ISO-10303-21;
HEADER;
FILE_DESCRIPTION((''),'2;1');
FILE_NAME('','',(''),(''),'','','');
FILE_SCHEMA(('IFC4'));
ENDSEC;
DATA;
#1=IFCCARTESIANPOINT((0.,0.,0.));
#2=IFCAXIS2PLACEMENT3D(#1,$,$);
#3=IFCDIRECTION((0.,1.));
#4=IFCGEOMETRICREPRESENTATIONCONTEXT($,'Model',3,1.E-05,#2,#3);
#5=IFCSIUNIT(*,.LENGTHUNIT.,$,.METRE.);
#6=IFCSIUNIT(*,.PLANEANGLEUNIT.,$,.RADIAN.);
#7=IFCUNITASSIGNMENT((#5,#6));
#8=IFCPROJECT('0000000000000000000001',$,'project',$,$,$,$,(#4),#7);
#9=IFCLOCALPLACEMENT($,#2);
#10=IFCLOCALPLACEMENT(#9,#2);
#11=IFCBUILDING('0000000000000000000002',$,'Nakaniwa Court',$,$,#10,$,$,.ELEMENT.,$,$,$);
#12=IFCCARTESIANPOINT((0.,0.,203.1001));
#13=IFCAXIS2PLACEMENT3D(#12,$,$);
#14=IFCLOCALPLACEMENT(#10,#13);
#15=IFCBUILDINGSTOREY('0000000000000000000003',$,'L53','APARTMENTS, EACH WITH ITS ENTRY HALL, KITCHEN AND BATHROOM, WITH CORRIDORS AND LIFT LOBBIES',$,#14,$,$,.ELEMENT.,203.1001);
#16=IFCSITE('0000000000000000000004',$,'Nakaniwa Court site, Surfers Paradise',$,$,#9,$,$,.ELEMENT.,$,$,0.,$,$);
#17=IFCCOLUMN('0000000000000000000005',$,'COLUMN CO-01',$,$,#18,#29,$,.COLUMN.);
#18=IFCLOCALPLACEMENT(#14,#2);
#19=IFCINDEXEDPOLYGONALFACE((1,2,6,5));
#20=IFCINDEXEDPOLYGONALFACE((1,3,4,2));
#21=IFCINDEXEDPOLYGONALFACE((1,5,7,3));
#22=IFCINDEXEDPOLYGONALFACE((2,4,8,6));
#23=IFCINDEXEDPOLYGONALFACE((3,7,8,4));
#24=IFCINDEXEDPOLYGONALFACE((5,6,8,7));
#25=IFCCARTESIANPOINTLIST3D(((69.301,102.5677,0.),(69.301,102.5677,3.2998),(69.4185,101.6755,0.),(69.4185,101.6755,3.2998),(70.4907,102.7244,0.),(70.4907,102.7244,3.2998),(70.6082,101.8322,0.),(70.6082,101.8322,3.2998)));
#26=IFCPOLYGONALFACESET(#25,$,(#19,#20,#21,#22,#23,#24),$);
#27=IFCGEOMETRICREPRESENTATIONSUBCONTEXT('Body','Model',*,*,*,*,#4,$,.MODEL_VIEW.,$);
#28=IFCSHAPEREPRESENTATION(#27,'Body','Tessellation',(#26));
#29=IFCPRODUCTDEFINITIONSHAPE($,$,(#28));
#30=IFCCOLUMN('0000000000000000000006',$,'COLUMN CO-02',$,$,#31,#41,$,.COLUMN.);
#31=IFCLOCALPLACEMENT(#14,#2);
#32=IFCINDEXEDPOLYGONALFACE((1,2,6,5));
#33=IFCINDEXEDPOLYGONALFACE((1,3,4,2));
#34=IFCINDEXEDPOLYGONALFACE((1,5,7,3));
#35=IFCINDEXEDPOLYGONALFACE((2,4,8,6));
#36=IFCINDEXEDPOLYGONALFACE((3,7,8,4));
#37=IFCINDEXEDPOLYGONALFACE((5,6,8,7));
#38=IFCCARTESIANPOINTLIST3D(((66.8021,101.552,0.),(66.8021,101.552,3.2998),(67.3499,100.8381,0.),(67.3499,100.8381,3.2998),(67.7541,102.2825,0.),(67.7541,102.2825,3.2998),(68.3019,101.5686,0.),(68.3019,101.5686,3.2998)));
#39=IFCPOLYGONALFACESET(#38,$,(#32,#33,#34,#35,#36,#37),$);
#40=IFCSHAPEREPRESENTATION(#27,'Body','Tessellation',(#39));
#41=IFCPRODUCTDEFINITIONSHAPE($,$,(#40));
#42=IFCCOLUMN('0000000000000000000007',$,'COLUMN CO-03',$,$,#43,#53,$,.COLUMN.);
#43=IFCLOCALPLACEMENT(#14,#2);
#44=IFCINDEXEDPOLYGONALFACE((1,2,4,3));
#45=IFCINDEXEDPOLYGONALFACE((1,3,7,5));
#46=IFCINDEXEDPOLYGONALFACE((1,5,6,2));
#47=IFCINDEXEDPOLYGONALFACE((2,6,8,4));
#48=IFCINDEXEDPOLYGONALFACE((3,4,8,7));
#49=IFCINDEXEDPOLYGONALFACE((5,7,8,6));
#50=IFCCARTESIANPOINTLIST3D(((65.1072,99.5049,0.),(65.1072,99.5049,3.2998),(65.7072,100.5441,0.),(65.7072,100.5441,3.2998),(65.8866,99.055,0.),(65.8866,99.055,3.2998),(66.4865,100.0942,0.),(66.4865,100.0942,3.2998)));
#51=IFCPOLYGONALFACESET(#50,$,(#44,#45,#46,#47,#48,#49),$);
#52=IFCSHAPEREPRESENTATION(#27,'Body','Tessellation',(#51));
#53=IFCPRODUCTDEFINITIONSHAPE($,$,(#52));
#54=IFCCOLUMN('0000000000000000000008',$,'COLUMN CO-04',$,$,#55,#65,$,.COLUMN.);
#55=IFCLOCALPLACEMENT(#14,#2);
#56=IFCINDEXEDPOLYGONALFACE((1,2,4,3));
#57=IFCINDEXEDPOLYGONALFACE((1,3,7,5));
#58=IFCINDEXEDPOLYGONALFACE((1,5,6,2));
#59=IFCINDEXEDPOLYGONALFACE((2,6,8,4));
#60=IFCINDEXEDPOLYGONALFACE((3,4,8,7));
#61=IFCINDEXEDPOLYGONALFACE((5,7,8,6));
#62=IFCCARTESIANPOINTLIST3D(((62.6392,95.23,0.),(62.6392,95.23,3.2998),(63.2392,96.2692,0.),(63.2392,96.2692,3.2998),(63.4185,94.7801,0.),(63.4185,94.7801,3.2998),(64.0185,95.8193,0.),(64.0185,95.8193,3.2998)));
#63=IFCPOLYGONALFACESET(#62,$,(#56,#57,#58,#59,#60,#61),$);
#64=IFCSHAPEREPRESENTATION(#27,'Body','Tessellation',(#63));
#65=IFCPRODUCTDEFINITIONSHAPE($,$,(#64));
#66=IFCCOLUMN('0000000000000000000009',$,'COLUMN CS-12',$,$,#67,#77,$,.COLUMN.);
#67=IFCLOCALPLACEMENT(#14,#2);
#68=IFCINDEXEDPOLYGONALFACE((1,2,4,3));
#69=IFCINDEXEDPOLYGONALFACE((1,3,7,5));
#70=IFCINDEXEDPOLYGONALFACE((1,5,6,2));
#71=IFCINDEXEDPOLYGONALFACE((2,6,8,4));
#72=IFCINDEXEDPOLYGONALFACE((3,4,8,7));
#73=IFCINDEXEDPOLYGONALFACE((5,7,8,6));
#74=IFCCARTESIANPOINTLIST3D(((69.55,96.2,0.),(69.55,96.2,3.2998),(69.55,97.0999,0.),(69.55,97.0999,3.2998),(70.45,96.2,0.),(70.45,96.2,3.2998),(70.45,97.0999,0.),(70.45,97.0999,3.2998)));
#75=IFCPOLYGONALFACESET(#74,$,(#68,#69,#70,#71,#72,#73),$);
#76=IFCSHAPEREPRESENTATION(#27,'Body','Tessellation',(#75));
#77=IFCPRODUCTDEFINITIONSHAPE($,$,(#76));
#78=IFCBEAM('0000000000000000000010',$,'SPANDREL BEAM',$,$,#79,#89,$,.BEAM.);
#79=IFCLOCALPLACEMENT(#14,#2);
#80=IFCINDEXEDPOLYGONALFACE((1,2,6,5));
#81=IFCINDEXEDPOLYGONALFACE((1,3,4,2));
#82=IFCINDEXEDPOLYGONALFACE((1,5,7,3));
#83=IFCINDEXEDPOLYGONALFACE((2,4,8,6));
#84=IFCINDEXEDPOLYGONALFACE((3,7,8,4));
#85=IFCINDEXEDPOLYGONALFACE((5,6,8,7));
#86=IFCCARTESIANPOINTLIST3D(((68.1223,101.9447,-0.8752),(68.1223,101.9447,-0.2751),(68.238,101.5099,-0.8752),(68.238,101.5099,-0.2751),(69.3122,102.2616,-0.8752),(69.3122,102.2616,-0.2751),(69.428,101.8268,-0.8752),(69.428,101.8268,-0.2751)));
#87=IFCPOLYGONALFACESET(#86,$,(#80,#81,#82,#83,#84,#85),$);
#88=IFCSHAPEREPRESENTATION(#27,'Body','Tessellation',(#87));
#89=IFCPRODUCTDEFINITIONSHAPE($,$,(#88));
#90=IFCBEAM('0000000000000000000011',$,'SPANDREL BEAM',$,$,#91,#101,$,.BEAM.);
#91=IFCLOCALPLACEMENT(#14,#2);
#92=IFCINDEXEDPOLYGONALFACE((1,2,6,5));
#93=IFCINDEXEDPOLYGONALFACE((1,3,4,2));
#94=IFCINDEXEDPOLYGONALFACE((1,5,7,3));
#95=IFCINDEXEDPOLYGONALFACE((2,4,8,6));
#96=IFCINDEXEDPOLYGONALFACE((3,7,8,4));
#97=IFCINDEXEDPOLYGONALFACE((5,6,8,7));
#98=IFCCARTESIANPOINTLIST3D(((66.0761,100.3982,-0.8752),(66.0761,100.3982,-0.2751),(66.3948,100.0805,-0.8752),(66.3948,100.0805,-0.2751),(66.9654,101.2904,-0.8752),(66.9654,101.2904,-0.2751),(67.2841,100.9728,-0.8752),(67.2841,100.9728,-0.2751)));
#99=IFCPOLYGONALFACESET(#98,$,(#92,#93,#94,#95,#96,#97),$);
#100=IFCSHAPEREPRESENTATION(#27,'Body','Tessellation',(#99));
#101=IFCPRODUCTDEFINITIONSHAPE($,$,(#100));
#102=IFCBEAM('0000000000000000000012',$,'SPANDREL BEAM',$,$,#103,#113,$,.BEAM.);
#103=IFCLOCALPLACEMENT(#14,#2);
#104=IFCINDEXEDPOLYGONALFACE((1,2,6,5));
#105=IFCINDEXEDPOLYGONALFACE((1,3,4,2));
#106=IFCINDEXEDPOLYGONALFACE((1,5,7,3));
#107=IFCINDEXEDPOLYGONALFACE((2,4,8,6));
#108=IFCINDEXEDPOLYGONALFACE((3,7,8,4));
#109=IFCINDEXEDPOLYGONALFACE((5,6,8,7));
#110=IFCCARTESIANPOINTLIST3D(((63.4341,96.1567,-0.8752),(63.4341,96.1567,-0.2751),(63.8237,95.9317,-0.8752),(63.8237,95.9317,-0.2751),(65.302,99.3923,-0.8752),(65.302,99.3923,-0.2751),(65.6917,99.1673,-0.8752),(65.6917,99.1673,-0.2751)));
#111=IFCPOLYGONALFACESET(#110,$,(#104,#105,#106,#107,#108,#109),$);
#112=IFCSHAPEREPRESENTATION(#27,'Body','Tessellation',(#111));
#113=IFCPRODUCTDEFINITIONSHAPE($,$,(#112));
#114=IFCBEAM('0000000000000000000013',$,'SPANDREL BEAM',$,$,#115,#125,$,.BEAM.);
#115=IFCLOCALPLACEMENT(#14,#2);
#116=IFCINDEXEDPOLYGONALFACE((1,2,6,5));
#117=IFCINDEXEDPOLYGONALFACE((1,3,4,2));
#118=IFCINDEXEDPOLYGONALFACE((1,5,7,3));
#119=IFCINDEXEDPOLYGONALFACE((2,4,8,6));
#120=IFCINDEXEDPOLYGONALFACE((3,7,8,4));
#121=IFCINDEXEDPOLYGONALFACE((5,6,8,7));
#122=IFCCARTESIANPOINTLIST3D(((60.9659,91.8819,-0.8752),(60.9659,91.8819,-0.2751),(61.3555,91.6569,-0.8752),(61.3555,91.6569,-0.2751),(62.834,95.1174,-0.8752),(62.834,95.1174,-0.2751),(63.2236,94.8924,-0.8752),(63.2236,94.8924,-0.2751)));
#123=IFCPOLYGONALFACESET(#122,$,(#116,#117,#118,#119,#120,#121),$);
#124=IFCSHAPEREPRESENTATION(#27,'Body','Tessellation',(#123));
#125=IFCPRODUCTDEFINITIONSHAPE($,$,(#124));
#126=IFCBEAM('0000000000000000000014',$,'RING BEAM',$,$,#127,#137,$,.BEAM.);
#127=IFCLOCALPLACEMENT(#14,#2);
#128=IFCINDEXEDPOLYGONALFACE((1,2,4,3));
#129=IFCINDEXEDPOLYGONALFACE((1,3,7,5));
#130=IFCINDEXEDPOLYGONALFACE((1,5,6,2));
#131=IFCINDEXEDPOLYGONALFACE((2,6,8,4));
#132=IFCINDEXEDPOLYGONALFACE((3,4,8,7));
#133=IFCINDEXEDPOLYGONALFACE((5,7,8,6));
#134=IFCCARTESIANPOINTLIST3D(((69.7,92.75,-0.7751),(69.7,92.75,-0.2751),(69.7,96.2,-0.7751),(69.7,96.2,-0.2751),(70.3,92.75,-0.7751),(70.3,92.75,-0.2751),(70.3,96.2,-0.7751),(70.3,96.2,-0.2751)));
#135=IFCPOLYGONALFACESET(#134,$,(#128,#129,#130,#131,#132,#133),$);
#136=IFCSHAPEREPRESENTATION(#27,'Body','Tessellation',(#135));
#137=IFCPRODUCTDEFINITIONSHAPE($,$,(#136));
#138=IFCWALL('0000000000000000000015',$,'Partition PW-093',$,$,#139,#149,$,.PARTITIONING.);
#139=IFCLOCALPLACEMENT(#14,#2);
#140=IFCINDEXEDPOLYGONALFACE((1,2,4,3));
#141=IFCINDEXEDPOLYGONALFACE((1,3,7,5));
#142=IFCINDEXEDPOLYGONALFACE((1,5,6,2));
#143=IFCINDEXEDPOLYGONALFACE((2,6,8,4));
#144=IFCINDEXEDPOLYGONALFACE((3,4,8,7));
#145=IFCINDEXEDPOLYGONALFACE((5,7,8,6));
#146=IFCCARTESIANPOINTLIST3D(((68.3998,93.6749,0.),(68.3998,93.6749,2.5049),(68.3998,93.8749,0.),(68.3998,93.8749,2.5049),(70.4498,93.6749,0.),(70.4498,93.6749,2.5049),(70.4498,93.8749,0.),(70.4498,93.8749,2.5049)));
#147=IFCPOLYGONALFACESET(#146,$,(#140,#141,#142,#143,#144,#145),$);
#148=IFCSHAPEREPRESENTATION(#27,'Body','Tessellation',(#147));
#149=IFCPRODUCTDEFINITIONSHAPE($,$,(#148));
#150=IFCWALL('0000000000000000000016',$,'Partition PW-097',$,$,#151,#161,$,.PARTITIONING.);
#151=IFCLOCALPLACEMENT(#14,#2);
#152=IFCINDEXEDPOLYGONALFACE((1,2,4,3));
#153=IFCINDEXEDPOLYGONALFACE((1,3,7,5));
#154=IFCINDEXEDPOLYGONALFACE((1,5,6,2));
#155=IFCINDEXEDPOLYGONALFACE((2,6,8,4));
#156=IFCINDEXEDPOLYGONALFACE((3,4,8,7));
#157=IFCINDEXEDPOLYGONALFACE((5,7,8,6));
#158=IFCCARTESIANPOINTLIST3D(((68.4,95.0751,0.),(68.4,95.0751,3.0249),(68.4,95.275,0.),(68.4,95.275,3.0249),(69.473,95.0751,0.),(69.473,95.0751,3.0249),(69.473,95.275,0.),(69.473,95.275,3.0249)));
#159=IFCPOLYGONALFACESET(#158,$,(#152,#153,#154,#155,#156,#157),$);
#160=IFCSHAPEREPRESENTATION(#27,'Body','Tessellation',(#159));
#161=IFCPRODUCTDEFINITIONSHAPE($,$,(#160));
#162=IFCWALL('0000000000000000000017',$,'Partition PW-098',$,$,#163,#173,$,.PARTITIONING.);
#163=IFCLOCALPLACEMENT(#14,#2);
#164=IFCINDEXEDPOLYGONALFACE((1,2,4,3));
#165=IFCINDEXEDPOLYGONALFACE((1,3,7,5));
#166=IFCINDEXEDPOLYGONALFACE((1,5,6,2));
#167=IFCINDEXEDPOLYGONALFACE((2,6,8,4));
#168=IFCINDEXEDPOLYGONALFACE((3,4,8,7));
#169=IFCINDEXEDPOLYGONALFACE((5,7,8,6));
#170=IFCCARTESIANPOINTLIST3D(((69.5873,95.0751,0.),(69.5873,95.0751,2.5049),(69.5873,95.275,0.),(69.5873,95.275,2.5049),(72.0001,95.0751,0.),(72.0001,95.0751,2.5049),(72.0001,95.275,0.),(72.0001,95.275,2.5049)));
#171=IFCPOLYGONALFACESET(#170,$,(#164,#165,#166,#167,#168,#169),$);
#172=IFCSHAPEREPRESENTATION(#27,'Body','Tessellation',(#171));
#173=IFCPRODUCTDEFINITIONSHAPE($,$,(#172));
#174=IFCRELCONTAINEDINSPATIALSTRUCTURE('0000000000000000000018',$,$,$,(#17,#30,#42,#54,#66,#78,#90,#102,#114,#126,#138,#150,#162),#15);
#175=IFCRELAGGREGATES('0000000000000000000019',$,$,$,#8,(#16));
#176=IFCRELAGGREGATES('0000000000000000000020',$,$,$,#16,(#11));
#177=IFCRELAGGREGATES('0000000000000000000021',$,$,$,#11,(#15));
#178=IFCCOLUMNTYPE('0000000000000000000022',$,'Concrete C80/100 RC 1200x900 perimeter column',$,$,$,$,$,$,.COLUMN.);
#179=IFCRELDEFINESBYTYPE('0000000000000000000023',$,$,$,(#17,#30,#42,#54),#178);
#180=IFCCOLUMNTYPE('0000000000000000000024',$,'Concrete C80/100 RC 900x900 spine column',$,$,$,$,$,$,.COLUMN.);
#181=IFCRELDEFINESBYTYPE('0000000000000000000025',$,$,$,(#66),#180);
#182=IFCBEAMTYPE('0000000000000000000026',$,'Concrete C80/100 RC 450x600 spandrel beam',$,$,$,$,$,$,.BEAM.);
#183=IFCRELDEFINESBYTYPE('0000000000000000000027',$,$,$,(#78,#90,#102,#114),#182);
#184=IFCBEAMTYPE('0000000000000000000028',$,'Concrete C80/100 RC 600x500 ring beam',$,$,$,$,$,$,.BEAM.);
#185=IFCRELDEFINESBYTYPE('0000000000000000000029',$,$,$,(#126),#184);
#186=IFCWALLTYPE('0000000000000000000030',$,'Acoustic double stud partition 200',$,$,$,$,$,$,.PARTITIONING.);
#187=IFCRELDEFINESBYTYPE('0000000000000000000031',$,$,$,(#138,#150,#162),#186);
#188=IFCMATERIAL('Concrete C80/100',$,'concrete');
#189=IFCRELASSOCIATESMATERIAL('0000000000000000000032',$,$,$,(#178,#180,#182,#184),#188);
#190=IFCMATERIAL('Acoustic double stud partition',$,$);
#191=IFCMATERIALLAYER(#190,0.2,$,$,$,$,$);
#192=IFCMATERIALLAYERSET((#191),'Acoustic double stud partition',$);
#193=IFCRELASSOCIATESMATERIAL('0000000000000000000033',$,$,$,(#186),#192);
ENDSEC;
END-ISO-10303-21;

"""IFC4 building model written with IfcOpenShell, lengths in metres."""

from ifc_helpers import new_model, si_unit, direction, frame, frame_2d, origin, origin_2d, place, context, subcontext, project, spatial, rectangle, extrude, material, layer, layer_set, material_profile, profile_set, type_object, element, save


model = new_model("IFC4")

# Units and contexts
model_context = context("Model", 3, precision=1e-05, world=origin(), true_north=direction((0.0, 1.0)))
body_context = subcontext(model_context, "Body", "Model", "MODEL_VIEW")
ifc_project = project(units=[si_unit("LENGTHUNIT", "METRE"), si_unit("PLANEANGLEUNIT", "RADIAN")], contexts=[model_context])

# Site, building, storey
site_placement = place(None, origin())
site = spatial("IfcSite", under=ifc_project, at=site_placement, Name="Nakaniwa Court site, Surfers Paradise", CompositionType="ELEMENT", RefElevation=0.0)
building_placement = place(site_placement, origin())
building = spatial("IfcBuilding", under=site, at=building_placement, Name="Nakaniwa Court", CompositionType="ELEMENT")
storey_placement = place(building_placement, frame((0.0, 0.0, 203.1001)))
storey = spatial("IfcBuildingStorey", under=building, at=storey_placement, Name="L53", Description="APARTMENTS, EACH WITH ITS ENTRY HALL, KITCHEN AND BATHROOM, WITH CORRIDORS AND LIFT LOBBIES", CompositionType="ELEMENT", Elevation=203.1001)

# Columns
ifc_material_1 = material(Name="Concrete C80/100", Category="concrete")
ifc_material_profile_1 = material_profile(ifc_material_1, rectangle(XDim=1.2, YDim=0.8999, at=origin_2d()), Name="Concrete C80/100 RC 1200x900 perimeter column")
ifc_profile_set_1 = profile_set([ifc_material_profile_1], Name="Concrete C80/100")
column_type_1 = type_object("IfcColumnType", Name="Concrete C80/100 RC 1200x900 perimeter column", PredefinedType="COLUMN", material=ifc_profile_set_1)
for number, where, z_axis, x_axis, name in (
    (1, (69.9546, 102.2, 0.0), (0.0, 0.0, 1.0), (-0.991443, -0.130543, 0.0), "COLUMN CO-01"),
    (2, (67.552, 101.5603, 0.0), (0.0, 0.0, 1.0), (-0.793364, -0.608748, 0.0), "COLUMN CO-02"),
    (3, (65.7969, 99.7996, 0.0), (0.0, 0.0, 1.0), (-0.5, -0.866025, 0.0), "COLUMN CO-03"),
    (4, (63.3289, 95.5247, 0.0), (0.0, 0.0, 1.0), (-0.5, -0.866025, 0.0), "COLUMN CO-04"),
):
    element("IfcColumn", number, at=place(storey_placement, frame(where, z_axis=z_axis, x_axis=x_axis)), inside=storey, type_object=column_type_1, Name=name, PredefinedType="COLUMN", context=body_context, shape_type="SweptSolid", body=[
        extrude(rectangle(XDim=1.2, YDim=0.8999, at=origin_2d()), origin(), (0.0, 0.0, 1.0), 3.2998),
    ])
ifc_material_profile_2 = material_profile(ifc_material_1, rectangle(XDim=0.8999, YDim=0.8999, at=origin_2d()), Name="Concrete C80/100 RC 900x900 spine column")
ifc_profile_set_2 = profile_set([ifc_material_profile_2], Name="Concrete C80/100")
column_type_2 = type_object("IfcColumnType", Name="Concrete C80/100 RC 900x900 spine column", PredefinedType="COLUMN", material=ifc_profile_set_2)
column_placement = place(storey_placement, frame((70.0, 96.6499, 0.0), z_axis=(0.0, 0.0, 1.0), x_axis=(0.0, -1.0, 0.0)))
element("IfcColumn", 5, at=column_placement, inside=storey, type_object=column_type_2, Name="COLUMN CS-12", PredefinedType="COLUMN", context=body_context, shape_type="SweptSolid", body=[
    extrude(rectangle(XDim=0.8999, YDim=0.8999, at=origin_2d()), origin(), (0.0, 0.0, 1.0), 3.2998),
])

# Beams
ifc_material_profile_3 = material_profile(ifc_material_1, rectangle(XDim=0.45, YDim=0.6001, at=origin_2d()), Name="Concrete C80/100 RC 450x600 spandrel beam")
ifc_profile_set_3 = profile_set([ifc_material_profile_3], Name="Concrete C80/100")
beam_type_1 = type_object("IfcBeamType", Name="Concrete C80/100 RC 450x600 spandrel beam", PredefinedType="BEAM", material=ifc_profile_set_3)
beam_1_placement = place(storey_placement, frame((69.3701, 102.0442, -0.5752), z_axis=(-0.96632, -0.257342, 0.0), x_axis=(0.257342, -0.96632, 0.0)))
element("IfcBeam", 6, at=beam_1_placement, inside=storey, type_object=beam_type_1, Name="SPANDREL BEAM", PredefinedType="BEAM", context=body_context, shape_type="SweptSolid", body=[
    extrude(rectangle(XDim=0.45, YDim=0.6001, at=origin_2d()), origin(), (0.0, 0.0, 1.0), 1.2314),
])
beam_2_placement = place(storey_placement, frame((67.1248, 101.1316, -0.5752), z_axis=(-0.705943, -0.708269, 0.0), x_axis=(0.708269, -0.705943, 0.0)))
element("IfcBeam", 7, at=beam_2_placement, inside=storey, type_object=beam_type_1, Name="SPANDREL BEAM", PredefinedType="BEAM", context=body_context, shape_type="SweptSolid", body=[
    extrude(rectangle(XDim=0.45, YDim=0.6001, at=origin_2d()), origin(), (0.0, 0.0, 1.0), 1.2598),
])
for number, where, z_axis, x_axis, name in (
    (8, (65.4968, 99.2798, -0.5752), (-0.499969, -0.866043, 0.0), (0.866043, -0.499969, 0.0), "SPANDREL BEAM"),
    (9, (63.0288, 95.0049, -0.5752), (-0.500018, -0.866015, 0.0), (0.866015, -0.500018, 0.0), "SPANDREL BEAM"),
):
    element("IfcBeam", number, at=place(storey_placement, frame(where, z_axis=z_axis, x_axis=x_axis)), inside=storey, type_object=beam_type_1, Name=name, PredefinedType="BEAM", context=body_context, shape_type="SweptSolid", body=[
        extrude(rectangle(XDim=0.45, YDim=0.6001, at=origin_2d()), origin(), (0.0, 0.0, 1.0), 3.7361),
    ])
ifc_material_profile_4 = material_profile(ifc_material_1, rectangle(XDim=0.6001, YDim=0.5, at=origin_2d()), Name="Concrete C80/100 RC 600x500 ring beam")
ifc_profile_set_4 = profile_set([ifc_material_profile_4], Name="Concrete C80/100")
beam_type_2 = type_object("IfcBeamType", Name="Concrete C80/100 RC 600x500 ring beam", PredefinedType="BEAM", material=ifc_profile_set_4)
beam_3_placement = place(storey_placement, frame((70.0, 96.2, -0.5251), z_axis=(0.0, -1.0, 0.0), x_axis=(1.0, 0.0, 0.0)))
element("IfcBeam", 10, at=beam_3_placement, inside=storey, type_object=beam_type_2, Name="RING BEAM", PredefinedType="BEAM", context=body_context, shape_type="SweptSolid", body=[
    extrude(rectangle(XDim=0.6001, YDim=0.5, at=origin_2d()), origin(), (0.0, 0.0, 1.0), 3.45),
])

# Walls
ifc_material_2 = material(Name="Acoustic double stud partition")
ifc_layer_1 = layer(ifc_material_2, 0.2)
ifc_layer_set_1 = layer_set([ifc_layer_1], Name="Acoustic double stud partition")
wall_type_1 = type_object("IfcWallType", Name="Acoustic double stud partition 200", PredefinedType="PARTITIONING", material=ifc_layer_set_1)
wall_1_placement = place(storey_placement, frame((68.3999, 93.7749, 0.0), z_axis=(0.0, 0.0, 1.0), x_axis=(1.0, 0.0, 0.0)))
element("IfcWall", 11, at=wall_1_placement, inside=storey, type_object=wall_type_1, Name="Partition PW-093", PredefinedType="PARTITIONING", context=body_context, shape_type="SweptSolid", body=[
    extrude(rectangle(XDim=2.05, YDim=0.2, at=frame_2d((1.0249, 0.0))), origin(), (0.0, 0.0, 1.0), 2.5049),
])
wall_2_placement = place(storey_placement, frame((68.3999, 95.175, 0.0), z_axis=(0.0, 0.0, 1.0), x_axis=(1.0, 0.0, 0.0)))
element("IfcWall", 12, at=wall_2_placement, inside=storey, type_object=wall_type_1, Name="Partition PW-097", PredefinedType="PARTITIONING", context=body_context, shape_type="SweptSolid", body=[
    extrude(rectangle(XDim=1.073, YDim=0.2, at=frame_2d((0.5366, 0.0))), origin(), (0.0, 0.0, 1.0), 3.0249),
])
wall_3_placement = place(storey_placement, frame((69.5872, 95.175, 0.0), z_axis=(0.0, 0.0, 1.0), x_axis=(1.0, 0.0, 0.0)))
element("IfcWall", 13, at=wall_3_placement, inside=storey, type_object=wall_type_1, Name="Partition PW-098", PredefinedType="PARTITIONING", context=body_context, shape_type="SweptSolid", body=[
    extrude(rectangle(XDim=2.4128, YDim=0.2, at=frame_2d((1.2065, 0.0))), origin(), (0.0, 0.0, 1.0), 2.5049),
])

save(model, "model.ifc")
